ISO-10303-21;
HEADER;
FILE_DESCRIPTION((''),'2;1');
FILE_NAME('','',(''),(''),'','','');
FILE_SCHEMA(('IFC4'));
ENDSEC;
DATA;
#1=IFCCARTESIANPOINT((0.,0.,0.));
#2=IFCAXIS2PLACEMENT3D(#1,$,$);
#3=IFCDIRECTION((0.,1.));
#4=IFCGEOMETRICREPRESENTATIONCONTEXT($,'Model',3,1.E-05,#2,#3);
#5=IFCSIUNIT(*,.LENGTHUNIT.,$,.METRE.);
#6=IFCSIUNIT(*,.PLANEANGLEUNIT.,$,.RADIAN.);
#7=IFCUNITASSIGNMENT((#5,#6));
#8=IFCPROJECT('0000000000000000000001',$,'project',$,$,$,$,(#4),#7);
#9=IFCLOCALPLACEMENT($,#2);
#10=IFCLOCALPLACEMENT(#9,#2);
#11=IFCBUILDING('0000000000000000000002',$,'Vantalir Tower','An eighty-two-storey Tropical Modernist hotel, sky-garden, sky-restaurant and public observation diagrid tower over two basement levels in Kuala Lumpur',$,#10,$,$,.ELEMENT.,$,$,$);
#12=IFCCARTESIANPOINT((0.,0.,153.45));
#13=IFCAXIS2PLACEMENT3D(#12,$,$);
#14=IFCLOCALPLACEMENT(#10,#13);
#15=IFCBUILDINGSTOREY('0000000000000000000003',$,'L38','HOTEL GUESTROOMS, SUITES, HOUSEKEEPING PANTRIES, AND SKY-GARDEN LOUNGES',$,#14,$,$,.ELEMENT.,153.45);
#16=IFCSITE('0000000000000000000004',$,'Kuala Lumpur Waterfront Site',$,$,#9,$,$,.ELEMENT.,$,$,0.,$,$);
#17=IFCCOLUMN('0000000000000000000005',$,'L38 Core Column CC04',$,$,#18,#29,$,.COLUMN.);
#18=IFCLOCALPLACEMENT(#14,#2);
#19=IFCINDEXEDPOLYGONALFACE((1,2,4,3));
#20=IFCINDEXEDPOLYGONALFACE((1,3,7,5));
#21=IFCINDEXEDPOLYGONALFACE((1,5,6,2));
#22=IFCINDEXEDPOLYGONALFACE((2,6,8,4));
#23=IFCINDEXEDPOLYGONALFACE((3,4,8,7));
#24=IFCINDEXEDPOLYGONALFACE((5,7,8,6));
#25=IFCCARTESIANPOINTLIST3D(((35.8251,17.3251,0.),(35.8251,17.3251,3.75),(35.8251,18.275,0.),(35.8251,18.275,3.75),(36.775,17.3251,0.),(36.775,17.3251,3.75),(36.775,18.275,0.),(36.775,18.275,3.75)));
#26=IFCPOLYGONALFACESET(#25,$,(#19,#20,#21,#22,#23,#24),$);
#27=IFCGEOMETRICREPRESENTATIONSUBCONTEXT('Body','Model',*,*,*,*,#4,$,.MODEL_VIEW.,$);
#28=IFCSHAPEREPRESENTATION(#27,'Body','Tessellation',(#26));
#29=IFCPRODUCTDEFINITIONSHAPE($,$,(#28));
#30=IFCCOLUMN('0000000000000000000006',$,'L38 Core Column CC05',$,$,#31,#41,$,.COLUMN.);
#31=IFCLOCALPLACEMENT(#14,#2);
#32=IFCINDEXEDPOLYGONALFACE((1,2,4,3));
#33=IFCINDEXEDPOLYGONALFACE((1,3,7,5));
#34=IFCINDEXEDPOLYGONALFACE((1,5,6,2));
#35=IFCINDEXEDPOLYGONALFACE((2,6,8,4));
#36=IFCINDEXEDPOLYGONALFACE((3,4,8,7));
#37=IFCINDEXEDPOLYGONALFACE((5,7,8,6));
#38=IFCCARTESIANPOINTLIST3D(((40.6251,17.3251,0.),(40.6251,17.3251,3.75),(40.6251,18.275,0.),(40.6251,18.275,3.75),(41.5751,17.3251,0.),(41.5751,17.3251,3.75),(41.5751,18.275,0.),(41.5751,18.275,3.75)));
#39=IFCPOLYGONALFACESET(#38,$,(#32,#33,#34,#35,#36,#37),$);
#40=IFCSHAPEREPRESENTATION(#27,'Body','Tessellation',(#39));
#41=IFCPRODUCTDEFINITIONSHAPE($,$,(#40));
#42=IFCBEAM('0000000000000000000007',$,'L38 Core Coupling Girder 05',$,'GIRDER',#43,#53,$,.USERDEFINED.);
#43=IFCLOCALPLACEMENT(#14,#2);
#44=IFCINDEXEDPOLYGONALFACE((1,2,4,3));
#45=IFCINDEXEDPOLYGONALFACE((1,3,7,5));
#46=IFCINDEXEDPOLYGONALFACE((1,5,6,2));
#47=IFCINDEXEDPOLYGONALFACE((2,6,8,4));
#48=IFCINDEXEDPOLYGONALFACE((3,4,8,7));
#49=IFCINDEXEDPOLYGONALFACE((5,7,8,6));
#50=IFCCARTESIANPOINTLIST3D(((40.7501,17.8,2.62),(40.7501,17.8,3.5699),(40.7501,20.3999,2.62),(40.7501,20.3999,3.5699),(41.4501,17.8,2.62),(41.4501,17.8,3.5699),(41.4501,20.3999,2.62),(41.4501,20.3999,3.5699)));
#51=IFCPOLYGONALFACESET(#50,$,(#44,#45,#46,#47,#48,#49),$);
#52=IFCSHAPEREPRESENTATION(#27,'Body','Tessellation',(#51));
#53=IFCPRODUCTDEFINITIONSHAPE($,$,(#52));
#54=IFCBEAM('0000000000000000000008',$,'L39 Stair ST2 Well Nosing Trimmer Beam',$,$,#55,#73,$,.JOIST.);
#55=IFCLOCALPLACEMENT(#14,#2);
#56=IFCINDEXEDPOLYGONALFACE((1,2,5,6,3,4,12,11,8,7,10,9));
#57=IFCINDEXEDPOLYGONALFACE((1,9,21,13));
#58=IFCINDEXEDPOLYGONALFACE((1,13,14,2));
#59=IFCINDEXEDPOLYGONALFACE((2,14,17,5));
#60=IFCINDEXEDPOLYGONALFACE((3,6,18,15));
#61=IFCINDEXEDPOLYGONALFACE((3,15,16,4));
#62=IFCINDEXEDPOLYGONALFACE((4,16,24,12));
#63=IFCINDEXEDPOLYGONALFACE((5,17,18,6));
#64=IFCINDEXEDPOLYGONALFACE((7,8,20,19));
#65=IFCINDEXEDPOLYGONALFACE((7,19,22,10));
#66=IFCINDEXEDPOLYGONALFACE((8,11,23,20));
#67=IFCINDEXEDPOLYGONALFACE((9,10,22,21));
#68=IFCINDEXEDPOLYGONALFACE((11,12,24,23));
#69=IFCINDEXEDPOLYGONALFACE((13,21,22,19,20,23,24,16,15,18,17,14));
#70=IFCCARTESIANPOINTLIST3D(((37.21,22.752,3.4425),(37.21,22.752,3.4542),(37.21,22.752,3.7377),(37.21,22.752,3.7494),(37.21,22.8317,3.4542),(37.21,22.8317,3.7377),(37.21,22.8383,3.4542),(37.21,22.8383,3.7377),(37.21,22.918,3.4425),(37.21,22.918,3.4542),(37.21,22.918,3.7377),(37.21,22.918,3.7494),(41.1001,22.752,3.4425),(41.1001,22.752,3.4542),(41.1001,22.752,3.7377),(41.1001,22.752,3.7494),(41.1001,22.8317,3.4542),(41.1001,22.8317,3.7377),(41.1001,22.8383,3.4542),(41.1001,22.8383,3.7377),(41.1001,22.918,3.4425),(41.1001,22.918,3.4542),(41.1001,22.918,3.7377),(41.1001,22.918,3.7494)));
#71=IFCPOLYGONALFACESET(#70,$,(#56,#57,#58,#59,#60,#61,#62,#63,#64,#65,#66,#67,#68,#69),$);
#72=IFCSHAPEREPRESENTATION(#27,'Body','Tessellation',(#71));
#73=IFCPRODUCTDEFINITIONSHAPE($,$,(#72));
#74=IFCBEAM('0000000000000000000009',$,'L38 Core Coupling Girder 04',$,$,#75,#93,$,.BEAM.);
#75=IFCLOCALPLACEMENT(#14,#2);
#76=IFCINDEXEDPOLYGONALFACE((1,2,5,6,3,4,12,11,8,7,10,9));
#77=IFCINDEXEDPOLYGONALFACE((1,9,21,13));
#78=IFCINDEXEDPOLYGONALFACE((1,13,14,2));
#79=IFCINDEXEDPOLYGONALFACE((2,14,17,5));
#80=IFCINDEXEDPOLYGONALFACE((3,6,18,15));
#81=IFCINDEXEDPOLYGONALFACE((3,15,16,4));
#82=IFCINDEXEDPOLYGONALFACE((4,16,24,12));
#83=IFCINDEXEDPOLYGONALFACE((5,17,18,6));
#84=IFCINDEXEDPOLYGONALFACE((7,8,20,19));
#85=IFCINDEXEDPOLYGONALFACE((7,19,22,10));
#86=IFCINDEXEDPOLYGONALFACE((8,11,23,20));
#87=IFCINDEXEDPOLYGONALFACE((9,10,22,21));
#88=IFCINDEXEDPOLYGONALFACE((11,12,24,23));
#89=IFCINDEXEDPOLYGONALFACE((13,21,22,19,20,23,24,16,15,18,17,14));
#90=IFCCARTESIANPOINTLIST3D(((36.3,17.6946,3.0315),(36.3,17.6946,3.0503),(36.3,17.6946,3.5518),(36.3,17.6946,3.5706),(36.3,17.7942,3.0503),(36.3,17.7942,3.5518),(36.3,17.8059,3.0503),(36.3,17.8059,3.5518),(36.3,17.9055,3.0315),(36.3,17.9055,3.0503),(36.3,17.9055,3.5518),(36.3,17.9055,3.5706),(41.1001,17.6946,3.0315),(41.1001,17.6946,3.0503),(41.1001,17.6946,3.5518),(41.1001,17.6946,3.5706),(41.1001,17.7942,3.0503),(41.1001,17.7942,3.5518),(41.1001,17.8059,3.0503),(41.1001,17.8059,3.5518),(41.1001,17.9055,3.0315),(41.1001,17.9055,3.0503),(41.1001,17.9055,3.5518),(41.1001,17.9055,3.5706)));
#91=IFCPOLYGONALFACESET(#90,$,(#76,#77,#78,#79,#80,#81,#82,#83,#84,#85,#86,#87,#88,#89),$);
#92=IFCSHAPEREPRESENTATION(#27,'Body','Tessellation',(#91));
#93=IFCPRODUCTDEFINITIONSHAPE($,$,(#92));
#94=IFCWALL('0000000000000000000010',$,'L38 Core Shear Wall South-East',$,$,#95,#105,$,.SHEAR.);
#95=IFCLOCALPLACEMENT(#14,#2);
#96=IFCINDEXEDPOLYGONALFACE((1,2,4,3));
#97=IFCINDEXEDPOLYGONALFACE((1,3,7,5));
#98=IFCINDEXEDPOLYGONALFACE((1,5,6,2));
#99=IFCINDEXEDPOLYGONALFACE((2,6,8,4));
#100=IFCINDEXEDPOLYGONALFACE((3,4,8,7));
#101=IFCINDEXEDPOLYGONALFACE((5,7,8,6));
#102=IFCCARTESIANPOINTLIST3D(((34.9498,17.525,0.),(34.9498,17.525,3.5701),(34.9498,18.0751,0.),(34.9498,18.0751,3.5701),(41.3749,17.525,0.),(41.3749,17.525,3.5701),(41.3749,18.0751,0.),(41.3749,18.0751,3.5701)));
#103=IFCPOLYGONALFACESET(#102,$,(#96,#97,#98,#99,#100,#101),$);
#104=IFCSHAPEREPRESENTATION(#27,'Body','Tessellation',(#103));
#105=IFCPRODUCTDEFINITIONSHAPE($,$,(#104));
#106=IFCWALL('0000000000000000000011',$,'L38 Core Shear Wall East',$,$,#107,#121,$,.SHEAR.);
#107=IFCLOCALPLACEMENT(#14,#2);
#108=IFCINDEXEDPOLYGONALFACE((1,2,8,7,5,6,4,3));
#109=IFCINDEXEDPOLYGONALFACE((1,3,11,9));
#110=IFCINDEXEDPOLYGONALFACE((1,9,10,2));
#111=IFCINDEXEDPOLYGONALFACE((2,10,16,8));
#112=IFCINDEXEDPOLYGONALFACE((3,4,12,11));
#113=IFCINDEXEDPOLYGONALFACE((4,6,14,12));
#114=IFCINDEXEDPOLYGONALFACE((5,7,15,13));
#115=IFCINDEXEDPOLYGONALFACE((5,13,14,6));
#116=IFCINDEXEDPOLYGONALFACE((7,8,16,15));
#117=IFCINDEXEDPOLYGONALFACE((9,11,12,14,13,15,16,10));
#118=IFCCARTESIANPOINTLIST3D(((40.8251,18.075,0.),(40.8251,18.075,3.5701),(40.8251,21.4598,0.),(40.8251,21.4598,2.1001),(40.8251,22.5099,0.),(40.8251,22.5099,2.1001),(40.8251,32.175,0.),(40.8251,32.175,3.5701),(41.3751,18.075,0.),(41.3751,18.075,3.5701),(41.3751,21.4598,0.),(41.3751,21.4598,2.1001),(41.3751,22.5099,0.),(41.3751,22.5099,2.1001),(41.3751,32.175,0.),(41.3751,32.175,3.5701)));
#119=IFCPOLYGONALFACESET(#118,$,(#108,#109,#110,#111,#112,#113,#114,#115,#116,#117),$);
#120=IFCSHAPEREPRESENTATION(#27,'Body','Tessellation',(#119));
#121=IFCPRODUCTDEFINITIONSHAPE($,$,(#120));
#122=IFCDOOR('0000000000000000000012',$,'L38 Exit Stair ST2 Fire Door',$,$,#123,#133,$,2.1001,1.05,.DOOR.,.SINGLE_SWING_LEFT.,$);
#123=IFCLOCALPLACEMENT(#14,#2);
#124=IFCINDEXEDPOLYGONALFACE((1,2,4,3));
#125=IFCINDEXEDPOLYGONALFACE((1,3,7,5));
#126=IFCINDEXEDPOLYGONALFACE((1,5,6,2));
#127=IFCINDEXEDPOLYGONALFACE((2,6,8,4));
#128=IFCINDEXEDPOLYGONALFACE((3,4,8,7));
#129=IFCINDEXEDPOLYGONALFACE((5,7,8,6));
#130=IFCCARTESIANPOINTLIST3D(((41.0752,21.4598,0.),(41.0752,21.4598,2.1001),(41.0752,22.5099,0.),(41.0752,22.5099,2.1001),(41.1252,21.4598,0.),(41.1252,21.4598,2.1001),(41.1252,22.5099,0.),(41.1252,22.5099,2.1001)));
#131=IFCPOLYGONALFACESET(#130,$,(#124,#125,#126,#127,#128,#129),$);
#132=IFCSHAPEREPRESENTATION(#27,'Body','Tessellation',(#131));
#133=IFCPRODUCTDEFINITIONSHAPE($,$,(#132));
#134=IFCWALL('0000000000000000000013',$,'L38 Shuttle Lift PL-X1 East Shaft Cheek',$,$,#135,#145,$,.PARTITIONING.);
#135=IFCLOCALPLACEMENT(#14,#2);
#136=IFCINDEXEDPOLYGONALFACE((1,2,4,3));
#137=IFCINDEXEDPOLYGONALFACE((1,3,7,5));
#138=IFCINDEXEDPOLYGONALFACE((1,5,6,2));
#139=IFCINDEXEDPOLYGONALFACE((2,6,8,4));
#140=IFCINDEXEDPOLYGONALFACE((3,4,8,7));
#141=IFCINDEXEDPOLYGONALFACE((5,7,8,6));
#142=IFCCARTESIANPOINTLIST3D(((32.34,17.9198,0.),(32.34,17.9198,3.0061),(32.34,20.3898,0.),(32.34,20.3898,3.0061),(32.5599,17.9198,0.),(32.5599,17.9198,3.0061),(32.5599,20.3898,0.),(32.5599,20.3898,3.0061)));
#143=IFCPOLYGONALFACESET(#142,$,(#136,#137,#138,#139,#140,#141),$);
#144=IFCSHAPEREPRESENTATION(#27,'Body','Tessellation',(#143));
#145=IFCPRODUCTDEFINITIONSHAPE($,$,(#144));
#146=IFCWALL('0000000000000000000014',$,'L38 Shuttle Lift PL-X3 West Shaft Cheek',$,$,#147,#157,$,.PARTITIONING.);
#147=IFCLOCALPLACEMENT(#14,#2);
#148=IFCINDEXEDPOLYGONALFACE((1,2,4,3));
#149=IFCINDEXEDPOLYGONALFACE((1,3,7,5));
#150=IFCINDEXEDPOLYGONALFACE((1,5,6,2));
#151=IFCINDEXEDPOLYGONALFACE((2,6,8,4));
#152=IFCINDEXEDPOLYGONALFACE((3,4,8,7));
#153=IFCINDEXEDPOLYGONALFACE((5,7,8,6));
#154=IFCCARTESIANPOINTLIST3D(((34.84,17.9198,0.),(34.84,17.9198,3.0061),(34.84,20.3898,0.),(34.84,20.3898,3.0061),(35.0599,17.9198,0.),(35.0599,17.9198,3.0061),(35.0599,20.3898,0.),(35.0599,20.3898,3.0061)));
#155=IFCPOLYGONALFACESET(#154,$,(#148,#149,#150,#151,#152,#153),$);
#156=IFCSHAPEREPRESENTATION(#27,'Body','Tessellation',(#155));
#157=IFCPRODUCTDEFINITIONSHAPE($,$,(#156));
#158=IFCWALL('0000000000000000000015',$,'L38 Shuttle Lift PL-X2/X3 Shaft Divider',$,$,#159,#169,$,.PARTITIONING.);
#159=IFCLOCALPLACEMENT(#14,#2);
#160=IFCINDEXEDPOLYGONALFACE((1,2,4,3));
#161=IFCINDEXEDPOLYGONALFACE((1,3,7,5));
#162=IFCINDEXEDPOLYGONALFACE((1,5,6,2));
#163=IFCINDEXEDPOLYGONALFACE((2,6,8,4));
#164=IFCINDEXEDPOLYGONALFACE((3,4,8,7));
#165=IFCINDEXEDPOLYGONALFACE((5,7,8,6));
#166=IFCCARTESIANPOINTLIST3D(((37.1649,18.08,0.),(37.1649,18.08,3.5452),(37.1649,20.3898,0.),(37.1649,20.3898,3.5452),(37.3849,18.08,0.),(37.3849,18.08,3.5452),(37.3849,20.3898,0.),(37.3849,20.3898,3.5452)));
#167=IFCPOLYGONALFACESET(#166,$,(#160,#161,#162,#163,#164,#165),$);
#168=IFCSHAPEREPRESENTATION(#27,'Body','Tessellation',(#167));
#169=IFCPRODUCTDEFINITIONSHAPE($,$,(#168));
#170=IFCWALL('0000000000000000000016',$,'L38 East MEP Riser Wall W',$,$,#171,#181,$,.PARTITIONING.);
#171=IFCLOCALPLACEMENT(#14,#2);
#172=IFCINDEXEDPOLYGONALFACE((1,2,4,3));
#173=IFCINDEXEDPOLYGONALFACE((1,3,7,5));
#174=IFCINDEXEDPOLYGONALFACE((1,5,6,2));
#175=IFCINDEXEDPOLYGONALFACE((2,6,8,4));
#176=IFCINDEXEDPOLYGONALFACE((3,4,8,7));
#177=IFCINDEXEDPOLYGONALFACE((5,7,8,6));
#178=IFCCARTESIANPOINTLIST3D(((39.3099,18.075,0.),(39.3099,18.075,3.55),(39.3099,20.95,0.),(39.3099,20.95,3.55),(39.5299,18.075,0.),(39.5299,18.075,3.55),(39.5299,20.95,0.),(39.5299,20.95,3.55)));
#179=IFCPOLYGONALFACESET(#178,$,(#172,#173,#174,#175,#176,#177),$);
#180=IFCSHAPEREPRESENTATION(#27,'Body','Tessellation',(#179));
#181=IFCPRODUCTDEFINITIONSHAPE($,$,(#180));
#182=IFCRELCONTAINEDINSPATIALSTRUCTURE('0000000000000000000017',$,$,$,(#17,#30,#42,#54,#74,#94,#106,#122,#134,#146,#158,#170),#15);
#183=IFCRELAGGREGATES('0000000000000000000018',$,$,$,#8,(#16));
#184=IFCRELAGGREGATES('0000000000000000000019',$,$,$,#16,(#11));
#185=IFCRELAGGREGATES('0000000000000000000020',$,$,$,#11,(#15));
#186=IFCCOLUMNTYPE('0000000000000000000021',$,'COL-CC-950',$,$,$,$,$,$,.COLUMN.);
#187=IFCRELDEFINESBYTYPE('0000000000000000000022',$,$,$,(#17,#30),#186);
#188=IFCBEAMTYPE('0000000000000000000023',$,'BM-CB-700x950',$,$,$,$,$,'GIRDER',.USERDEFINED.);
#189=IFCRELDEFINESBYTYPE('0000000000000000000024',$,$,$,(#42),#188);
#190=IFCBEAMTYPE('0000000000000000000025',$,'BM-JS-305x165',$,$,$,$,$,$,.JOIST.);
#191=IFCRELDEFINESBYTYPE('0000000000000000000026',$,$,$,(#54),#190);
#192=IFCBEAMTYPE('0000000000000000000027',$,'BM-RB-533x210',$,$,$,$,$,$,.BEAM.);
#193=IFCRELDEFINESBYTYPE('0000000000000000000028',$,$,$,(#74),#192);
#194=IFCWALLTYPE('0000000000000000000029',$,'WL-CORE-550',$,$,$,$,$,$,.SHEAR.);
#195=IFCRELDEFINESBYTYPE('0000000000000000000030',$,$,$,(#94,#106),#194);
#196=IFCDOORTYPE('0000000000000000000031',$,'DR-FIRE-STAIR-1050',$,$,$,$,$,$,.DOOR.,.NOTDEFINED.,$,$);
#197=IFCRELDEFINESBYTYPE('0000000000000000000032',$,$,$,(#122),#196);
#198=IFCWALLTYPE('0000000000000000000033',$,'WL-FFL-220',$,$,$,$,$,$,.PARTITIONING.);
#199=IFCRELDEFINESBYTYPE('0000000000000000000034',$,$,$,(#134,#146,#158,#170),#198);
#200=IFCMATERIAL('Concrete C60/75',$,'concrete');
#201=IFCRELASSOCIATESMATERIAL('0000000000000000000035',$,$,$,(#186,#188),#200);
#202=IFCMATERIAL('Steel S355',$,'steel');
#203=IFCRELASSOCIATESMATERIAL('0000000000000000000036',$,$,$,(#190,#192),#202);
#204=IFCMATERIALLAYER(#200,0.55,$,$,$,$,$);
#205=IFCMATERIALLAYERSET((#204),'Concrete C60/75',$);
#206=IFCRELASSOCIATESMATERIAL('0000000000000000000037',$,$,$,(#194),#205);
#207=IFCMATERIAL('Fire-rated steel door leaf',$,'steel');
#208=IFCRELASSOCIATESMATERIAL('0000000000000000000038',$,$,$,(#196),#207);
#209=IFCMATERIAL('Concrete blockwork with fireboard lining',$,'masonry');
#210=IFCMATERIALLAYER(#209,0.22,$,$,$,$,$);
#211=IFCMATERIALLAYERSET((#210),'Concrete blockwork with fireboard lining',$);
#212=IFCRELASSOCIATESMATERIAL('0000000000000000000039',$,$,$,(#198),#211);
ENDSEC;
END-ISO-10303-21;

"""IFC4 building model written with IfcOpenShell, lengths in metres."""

from ifc_helpers import new_model, si_unit, direction, frame, frame_2d, origin, origin_2d, place, context, subcontext, project, spatial, rectangle, i_section, extrude, material, layer, layer_set, material_profile, profile_set, type_object, element, fill, save


model = new_model("IFC4")

# Units and contexts
model_context = context("Model", 3, precision=1e-05, world=origin(), true_north=direction((0.0, 1.0)))
body_context = subcontext(model_context, "Body", "Model", "MODEL_VIEW")
ifc_project = project(units=[si_unit("LENGTHUNIT", "METRE"), si_unit("PLANEANGLEUNIT", "RADIAN")], contexts=[model_context])

# Site, building, storey
site_placement = place(None, origin())
site = spatial("IfcSite", under=ifc_project, at=site_placement, Name="Kuala Lumpur Waterfront Site", CompositionType="ELEMENT", RefElevation=0.0)
building_placement = place(site_placement, origin())
building = spatial("IfcBuilding", under=site, at=building_placement, Name="Vantalir Tower", Description="An eighty-two-storey Tropical Modernist hotel, sky-garden, sky-restaurant and public observation diagrid tower over two basement levels in Kuala Lumpur", CompositionType="ELEMENT")
storey_placement = place(building_placement, frame((0.0, 0.0, 153.45)))
storey = spatial("IfcBuildingStorey", under=building, at=storey_placement, Name="L38", Description="HOTEL GUESTROOMS, SUITES, HOUSEKEEPING PANTRIES, AND SKY-GARDEN LOUNGES", CompositionType="ELEMENT", Elevation=153.45)

# Columns
ifc_material_1 = material(Name="Concrete C60/75", Category="concrete")
ifc_material_profile_1 = material_profile(ifc_material_1, rectangle(XDim=0.95, YDim=0.95, at=origin_2d()), Name="Concrete C60/75")
ifc_profile_set_1 = profile_set([ifc_material_profile_1], Name="Concrete C60/75")
column_type = type_object("IfcColumnType", Name="COL-CC-950", PredefinedType="COLUMN", material=ifc_profile_set_1)
for number, where, z_axis, x_axis, name in (
    (1, (36.3, 17.8, 0.0), (0.0, 0.0, 1.0), (1.0, 0.0, 0.0), "L38 Core Column CC04"),
    (2, (41.1001, 17.8, 0.0), (0.0, 0.0, 1.0), (1.0, 0.0, 0.0), "L38 Core Column CC05"),
):
    element("IfcColumn", number, at=place(storey_placement, frame(where, z_axis=z_axis, x_axis=x_axis)), inside=storey, type_object=column_type, Name=name, PredefinedType="COLUMN", context=body_context, shape_type="SweptSolid", body=[
        extrude(rectangle(XDim=0.95, YDim=0.95, at=origin_2d()), origin(), (0.0, 0.0, 1.0), 3.75),
    ])

# Beams
ifc_material_profile_2 = material_profile(ifc_material_1, rectangle(XDim=0.7, YDim=0.95, at=origin_2d()), Name="Concrete C60/75")
ifc_profile_set_2 = profile_set([ifc_material_profile_2], Name="Concrete C60/75")
beam_type_1 = type_object("IfcBeamType", Name="BM-CB-700x950", ElementType="GIRDER", PredefinedType="USERDEFINED", material=ifc_profile_set_2)
beam_1_placement = place(storey_placement, frame((41.1001, 17.8, 3.095), z_axis=(0.0, 1.0, 0.0), x_axis=(-1.0, 0.0, 0.0)))
element("IfcBeam", 3, at=beam_1_placement, inside=storey, type_object=beam_type_1, Name="L38 Core Coupling Girder 05", ObjectType="GIRDER", PredefinedType="USERDEFINED", context=body_context, shape_type="SweptSolid", body=[
    extrude(rectangle(XDim=0.7, YDim=0.95, at=origin_2d()), origin(), (0.0, 0.0, 1.0), 2.5999),
])
ifc_material_2 = material(Name="Steel S355", Category="steel")
ifc_material_profile_3 = material_profile(ifc_material_2, i_section(OverallWidth=0.166, OverallDepth=0.3069, WebThickness=0.0066, FlangeThickness=0.0117, at=origin_2d()), Name="Steel S355")
ifc_profile_set_3 = profile_set([ifc_material_profile_3], Name="Steel S355")
beam_type_2 = type_object("IfcBeamType", Name="BM-JS-305x165", PredefinedType="JOIST", material=ifc_profile_set_3)
beam_2_placement = place(storey_placement, frame((37.21, 22.835, 3.5959), z_axis=(1.0, 0.0, 0.0), x_axis=(0.0, 1.0, 0.0)))
element("IfcBeam", 4, at=beam_2_placement, inside=storey, type_object=beam_type_2, Name="L39 Stair ST2 Well Nosing Trimmer Beam", PredefinedType="JOIST", context=body_context, shape_type="SweptSolid", body=[
    extrude(i_section(OverallWidth=0.166, OverallDepth=0.3069, WebThickness=0.0066, FlangeThickness=0.0117, at=origin_2d()), origin(), (0.0, 0.0, 1.0), 3.8901),
])
ifc_material_profile_4 = material_profile(ifc_material_2, i_section(OverallWidth=0.2109, OverallDepth=0.5391, WebThickness=0.0117, FlangeThickness=0.0188, at=origin_2d()), Name="Steel S355")
ifc_profile_set_4 = profile_set([ifc_material_profile_4], Name="Steel S355")
beam_type_3 = type_object("IfcBeamType", Name="BM-RB-533x210", PredefinedType="BEAM", material=ifc_profile_set_4)
beam_3_placement = place(storey_placement, frame((36.3, 17.8, 3.301), z_axis=(1.0, 0.0, 0.0), x_axis=(0.0, 1.0, 0.0)))
element("IfcBeam", 5, at=beam_3_placement, inside=storey, type_object=beam_type_3, Name="L38 Core Coupling Girder 04", PredefinedType="BEAM", context=body_context, shape_type="SweptSolid", body=[
    extrude(i_section(OverallWidth=0.2109, OverallDepth=0.5391, WebThickness=0.0117, FlangeThickness=0.0188, at=origin_2d()), origin(), (0.0, 0.0, 1.0), 4.8),
])

# Wall
ifc_layer_1 = layer(ifc_material_1, 0.55)
ifc_layer_set_1 = layer_set([ifc_layer_1], Name="Concrete C60/75")
wall_type_1 = type_object("IfcWallType", Name="WL-CORE-550", PredefinedType="SHEAR", material=ifc_layer_set_1)
wall_1_placement = place(storey_placement, frame((34.95, 17.8, 0.0), z_axis=(0.0, 0.0, 1.0), x_axis=(1.0, 0.0, 0.0)))
element("IfcWall", 6, at=wall_1_placement, inside=storey, type_object=wall_type_1, Name="L38 Core Shear Wall South-East", PredefinedType="SHEAR", context=body_context, shape_type="SweptSolid", body=[
    extrude(rectangle(XDim=6.425, YDim=0.55, at=frame_2d((3.2124, 0.0))), origin(), (0.0, 0.0, 1.0), 3.5701),
])

# Wall, opening, door
wall_2_placement = place(storey_placement, frame((41.1001, 18.075, 0.0), z_axis=(0.0, 0.0, 1.0), x_axis=(0.0, 1.0, 0.0)))
wall_2 = element("IfcWall", 7, at=wall_2_placement, inside=storey, type_object=wall_type_1, Name="L38 Core Shear Wall East", PredefinedType="SHEAR", context=body_context, shape_type="SweptSolid", body=[
    extrude(rectangle(XDim=14.1001, YDim=0.55, at=frame_2d((7.05, 0.0))), origin(), (0.0, 0.0, 1.0), 3.5701),
])
opening_1_placement = place(wall_2_placement, frame((3.385, 0.0, 0.0)))
opening_1 = element("IfcOpeningElement", 8, at=opening_1_placement, cuts=wall_2, PredefinedType="OPENING", context=body_context, shape_type="SweptSolid", body=[
    extrude(rectangle(XDim=1.05, YDim=2.1001, at=frame_2d((0.5249, 1.05))), frame((0.0, 0.2849, 0.0), z_axis=(0.0, -1.0, 0.0), x_axis=(1.0, 0.0, 0.0)), (0.0, 0.0, 1.0), 0.5701),
])
ifc_material_3 = material(Name="Fire-rated steel door leaf", Category="steel")
door_type_1 = type_object("IfcDoorType", Name="DR-FIRE-STAIR-1050", OperationType="NOTDEFINED", PredefinedType="DOOR", material=ifc_material_3)
door_1_placement = place(opening_1_placement, origin())
door_1 = element("IfcDoor", 9, at=door_1_placement, inside=storey, type_object=door_type_1, Name="L38 Exit Stair ST2 Fire Door", OperationType="SINGLE_SWING_LEFT", OverallHeight=2.1001, OverallWidth=1.05, PredefinedType="DOOR", context=body_context, shape_type="SweptSolid", body=[
    extrude(rectangle(XDim=1.05, YDim=2.1001, at=frame_2d((0.5249, 1.05))), frame((0.0, 0.0249, 0.0), z_axis=(0.0, -1.0, 0.0), x_axis=(1.0, 0.0, 0.0)), (0.0, 0.0, 1.0), 0.05),
])
fill(opening_1, door_1)

# Walls
ifc_material_4 = material(Name="Concrete blockwork with fireboard lining", Category="masonry")
ifc_layer_2 = layer(ifc_material_4, 0.22)
ifc_layer_set_2 = layer_set([ifc_layer_2], Name="Concrete blockwork with fireboard lining")
wall_type_2 = type_object("IfcWallType", Name="WL-FFL-220", PredefinedType="PARTITIONING", material=ifc_layer_set_2)
for number, where, z_axis, x_axis, name in (
    (10, (32.45, 17.9199, 0.0), (0.0, 0.0, 1.0), (0.0, 1.0, 0.0), "L38 Shuttle Lift PL-X1 East Shaft Cheek"),
    (11, (34.95, 17.9199, 0.0), (0.0, 0.0, 1.0), (0.0, 1.0, 0.0), "L38 Shuttle Lift PL-X3 West Shaft Cheek"),
):
    element("IfcWall", number, at=place(storey_placement, frame(where, z_axis=z_axis, x_axis=x_axis)), inside=storey, type_object=wall_type_2, Name=name, PredefinedType="PARTITIONING", context=body_context, shape_type="SweptSolid", body=[
        extrude(rectangle(XDim=2.47, YDim=0.22, at=frame_2d((1.2349, 0.0))), origin(), (0.0, 0.0, 1.0), 3.0061),
    ])
wall_3_placement = place(storey_placement, frame((37.2749, 18.0801, 0.0), z_axis=(0.0, 0.0, 1.0), x_axis=(0.0, 1.0, 0.0)))
element("IfcWall", 12, at=wall_3_placement, inside=storey, type_object=wall_type_2, Name="L38 Shuttle Lift PL-X2/X3 Shaft Divider", PredefinedType="PARTITIONING", context=body_context, shape_type="SweptSolid", body=[
    extrude(rectangle(XDim=2.3098, YDim=0.22, at=frame_2d((1.1548, 0.0))), origin(), (0.0, 0.0, 1.0), 3.5452),
])
wall_4_placement = place(storey_placement, frame((39.4199, 18.075, 0.0), z_axis=(0.0, 0.0, 1.0), x_axis=(0.0, 1.0, 0.0)))
element("IfcWall", 13, at=wall_4_placement, inside=storey, type_object=wall_type_2, Name="L38 East MEP Riser Wall W", PredefinedType="PARTITIONING", context=body_context, shape_type="SweptSolid", body=[
    extrude(rectangle(XDim=2.875, YDim=0.22, at=frame_2d((1.4375, 0.0))), origin(), (0.0, 0.0, 1.0), 3.55),
])

save(model, "model.ifc")
